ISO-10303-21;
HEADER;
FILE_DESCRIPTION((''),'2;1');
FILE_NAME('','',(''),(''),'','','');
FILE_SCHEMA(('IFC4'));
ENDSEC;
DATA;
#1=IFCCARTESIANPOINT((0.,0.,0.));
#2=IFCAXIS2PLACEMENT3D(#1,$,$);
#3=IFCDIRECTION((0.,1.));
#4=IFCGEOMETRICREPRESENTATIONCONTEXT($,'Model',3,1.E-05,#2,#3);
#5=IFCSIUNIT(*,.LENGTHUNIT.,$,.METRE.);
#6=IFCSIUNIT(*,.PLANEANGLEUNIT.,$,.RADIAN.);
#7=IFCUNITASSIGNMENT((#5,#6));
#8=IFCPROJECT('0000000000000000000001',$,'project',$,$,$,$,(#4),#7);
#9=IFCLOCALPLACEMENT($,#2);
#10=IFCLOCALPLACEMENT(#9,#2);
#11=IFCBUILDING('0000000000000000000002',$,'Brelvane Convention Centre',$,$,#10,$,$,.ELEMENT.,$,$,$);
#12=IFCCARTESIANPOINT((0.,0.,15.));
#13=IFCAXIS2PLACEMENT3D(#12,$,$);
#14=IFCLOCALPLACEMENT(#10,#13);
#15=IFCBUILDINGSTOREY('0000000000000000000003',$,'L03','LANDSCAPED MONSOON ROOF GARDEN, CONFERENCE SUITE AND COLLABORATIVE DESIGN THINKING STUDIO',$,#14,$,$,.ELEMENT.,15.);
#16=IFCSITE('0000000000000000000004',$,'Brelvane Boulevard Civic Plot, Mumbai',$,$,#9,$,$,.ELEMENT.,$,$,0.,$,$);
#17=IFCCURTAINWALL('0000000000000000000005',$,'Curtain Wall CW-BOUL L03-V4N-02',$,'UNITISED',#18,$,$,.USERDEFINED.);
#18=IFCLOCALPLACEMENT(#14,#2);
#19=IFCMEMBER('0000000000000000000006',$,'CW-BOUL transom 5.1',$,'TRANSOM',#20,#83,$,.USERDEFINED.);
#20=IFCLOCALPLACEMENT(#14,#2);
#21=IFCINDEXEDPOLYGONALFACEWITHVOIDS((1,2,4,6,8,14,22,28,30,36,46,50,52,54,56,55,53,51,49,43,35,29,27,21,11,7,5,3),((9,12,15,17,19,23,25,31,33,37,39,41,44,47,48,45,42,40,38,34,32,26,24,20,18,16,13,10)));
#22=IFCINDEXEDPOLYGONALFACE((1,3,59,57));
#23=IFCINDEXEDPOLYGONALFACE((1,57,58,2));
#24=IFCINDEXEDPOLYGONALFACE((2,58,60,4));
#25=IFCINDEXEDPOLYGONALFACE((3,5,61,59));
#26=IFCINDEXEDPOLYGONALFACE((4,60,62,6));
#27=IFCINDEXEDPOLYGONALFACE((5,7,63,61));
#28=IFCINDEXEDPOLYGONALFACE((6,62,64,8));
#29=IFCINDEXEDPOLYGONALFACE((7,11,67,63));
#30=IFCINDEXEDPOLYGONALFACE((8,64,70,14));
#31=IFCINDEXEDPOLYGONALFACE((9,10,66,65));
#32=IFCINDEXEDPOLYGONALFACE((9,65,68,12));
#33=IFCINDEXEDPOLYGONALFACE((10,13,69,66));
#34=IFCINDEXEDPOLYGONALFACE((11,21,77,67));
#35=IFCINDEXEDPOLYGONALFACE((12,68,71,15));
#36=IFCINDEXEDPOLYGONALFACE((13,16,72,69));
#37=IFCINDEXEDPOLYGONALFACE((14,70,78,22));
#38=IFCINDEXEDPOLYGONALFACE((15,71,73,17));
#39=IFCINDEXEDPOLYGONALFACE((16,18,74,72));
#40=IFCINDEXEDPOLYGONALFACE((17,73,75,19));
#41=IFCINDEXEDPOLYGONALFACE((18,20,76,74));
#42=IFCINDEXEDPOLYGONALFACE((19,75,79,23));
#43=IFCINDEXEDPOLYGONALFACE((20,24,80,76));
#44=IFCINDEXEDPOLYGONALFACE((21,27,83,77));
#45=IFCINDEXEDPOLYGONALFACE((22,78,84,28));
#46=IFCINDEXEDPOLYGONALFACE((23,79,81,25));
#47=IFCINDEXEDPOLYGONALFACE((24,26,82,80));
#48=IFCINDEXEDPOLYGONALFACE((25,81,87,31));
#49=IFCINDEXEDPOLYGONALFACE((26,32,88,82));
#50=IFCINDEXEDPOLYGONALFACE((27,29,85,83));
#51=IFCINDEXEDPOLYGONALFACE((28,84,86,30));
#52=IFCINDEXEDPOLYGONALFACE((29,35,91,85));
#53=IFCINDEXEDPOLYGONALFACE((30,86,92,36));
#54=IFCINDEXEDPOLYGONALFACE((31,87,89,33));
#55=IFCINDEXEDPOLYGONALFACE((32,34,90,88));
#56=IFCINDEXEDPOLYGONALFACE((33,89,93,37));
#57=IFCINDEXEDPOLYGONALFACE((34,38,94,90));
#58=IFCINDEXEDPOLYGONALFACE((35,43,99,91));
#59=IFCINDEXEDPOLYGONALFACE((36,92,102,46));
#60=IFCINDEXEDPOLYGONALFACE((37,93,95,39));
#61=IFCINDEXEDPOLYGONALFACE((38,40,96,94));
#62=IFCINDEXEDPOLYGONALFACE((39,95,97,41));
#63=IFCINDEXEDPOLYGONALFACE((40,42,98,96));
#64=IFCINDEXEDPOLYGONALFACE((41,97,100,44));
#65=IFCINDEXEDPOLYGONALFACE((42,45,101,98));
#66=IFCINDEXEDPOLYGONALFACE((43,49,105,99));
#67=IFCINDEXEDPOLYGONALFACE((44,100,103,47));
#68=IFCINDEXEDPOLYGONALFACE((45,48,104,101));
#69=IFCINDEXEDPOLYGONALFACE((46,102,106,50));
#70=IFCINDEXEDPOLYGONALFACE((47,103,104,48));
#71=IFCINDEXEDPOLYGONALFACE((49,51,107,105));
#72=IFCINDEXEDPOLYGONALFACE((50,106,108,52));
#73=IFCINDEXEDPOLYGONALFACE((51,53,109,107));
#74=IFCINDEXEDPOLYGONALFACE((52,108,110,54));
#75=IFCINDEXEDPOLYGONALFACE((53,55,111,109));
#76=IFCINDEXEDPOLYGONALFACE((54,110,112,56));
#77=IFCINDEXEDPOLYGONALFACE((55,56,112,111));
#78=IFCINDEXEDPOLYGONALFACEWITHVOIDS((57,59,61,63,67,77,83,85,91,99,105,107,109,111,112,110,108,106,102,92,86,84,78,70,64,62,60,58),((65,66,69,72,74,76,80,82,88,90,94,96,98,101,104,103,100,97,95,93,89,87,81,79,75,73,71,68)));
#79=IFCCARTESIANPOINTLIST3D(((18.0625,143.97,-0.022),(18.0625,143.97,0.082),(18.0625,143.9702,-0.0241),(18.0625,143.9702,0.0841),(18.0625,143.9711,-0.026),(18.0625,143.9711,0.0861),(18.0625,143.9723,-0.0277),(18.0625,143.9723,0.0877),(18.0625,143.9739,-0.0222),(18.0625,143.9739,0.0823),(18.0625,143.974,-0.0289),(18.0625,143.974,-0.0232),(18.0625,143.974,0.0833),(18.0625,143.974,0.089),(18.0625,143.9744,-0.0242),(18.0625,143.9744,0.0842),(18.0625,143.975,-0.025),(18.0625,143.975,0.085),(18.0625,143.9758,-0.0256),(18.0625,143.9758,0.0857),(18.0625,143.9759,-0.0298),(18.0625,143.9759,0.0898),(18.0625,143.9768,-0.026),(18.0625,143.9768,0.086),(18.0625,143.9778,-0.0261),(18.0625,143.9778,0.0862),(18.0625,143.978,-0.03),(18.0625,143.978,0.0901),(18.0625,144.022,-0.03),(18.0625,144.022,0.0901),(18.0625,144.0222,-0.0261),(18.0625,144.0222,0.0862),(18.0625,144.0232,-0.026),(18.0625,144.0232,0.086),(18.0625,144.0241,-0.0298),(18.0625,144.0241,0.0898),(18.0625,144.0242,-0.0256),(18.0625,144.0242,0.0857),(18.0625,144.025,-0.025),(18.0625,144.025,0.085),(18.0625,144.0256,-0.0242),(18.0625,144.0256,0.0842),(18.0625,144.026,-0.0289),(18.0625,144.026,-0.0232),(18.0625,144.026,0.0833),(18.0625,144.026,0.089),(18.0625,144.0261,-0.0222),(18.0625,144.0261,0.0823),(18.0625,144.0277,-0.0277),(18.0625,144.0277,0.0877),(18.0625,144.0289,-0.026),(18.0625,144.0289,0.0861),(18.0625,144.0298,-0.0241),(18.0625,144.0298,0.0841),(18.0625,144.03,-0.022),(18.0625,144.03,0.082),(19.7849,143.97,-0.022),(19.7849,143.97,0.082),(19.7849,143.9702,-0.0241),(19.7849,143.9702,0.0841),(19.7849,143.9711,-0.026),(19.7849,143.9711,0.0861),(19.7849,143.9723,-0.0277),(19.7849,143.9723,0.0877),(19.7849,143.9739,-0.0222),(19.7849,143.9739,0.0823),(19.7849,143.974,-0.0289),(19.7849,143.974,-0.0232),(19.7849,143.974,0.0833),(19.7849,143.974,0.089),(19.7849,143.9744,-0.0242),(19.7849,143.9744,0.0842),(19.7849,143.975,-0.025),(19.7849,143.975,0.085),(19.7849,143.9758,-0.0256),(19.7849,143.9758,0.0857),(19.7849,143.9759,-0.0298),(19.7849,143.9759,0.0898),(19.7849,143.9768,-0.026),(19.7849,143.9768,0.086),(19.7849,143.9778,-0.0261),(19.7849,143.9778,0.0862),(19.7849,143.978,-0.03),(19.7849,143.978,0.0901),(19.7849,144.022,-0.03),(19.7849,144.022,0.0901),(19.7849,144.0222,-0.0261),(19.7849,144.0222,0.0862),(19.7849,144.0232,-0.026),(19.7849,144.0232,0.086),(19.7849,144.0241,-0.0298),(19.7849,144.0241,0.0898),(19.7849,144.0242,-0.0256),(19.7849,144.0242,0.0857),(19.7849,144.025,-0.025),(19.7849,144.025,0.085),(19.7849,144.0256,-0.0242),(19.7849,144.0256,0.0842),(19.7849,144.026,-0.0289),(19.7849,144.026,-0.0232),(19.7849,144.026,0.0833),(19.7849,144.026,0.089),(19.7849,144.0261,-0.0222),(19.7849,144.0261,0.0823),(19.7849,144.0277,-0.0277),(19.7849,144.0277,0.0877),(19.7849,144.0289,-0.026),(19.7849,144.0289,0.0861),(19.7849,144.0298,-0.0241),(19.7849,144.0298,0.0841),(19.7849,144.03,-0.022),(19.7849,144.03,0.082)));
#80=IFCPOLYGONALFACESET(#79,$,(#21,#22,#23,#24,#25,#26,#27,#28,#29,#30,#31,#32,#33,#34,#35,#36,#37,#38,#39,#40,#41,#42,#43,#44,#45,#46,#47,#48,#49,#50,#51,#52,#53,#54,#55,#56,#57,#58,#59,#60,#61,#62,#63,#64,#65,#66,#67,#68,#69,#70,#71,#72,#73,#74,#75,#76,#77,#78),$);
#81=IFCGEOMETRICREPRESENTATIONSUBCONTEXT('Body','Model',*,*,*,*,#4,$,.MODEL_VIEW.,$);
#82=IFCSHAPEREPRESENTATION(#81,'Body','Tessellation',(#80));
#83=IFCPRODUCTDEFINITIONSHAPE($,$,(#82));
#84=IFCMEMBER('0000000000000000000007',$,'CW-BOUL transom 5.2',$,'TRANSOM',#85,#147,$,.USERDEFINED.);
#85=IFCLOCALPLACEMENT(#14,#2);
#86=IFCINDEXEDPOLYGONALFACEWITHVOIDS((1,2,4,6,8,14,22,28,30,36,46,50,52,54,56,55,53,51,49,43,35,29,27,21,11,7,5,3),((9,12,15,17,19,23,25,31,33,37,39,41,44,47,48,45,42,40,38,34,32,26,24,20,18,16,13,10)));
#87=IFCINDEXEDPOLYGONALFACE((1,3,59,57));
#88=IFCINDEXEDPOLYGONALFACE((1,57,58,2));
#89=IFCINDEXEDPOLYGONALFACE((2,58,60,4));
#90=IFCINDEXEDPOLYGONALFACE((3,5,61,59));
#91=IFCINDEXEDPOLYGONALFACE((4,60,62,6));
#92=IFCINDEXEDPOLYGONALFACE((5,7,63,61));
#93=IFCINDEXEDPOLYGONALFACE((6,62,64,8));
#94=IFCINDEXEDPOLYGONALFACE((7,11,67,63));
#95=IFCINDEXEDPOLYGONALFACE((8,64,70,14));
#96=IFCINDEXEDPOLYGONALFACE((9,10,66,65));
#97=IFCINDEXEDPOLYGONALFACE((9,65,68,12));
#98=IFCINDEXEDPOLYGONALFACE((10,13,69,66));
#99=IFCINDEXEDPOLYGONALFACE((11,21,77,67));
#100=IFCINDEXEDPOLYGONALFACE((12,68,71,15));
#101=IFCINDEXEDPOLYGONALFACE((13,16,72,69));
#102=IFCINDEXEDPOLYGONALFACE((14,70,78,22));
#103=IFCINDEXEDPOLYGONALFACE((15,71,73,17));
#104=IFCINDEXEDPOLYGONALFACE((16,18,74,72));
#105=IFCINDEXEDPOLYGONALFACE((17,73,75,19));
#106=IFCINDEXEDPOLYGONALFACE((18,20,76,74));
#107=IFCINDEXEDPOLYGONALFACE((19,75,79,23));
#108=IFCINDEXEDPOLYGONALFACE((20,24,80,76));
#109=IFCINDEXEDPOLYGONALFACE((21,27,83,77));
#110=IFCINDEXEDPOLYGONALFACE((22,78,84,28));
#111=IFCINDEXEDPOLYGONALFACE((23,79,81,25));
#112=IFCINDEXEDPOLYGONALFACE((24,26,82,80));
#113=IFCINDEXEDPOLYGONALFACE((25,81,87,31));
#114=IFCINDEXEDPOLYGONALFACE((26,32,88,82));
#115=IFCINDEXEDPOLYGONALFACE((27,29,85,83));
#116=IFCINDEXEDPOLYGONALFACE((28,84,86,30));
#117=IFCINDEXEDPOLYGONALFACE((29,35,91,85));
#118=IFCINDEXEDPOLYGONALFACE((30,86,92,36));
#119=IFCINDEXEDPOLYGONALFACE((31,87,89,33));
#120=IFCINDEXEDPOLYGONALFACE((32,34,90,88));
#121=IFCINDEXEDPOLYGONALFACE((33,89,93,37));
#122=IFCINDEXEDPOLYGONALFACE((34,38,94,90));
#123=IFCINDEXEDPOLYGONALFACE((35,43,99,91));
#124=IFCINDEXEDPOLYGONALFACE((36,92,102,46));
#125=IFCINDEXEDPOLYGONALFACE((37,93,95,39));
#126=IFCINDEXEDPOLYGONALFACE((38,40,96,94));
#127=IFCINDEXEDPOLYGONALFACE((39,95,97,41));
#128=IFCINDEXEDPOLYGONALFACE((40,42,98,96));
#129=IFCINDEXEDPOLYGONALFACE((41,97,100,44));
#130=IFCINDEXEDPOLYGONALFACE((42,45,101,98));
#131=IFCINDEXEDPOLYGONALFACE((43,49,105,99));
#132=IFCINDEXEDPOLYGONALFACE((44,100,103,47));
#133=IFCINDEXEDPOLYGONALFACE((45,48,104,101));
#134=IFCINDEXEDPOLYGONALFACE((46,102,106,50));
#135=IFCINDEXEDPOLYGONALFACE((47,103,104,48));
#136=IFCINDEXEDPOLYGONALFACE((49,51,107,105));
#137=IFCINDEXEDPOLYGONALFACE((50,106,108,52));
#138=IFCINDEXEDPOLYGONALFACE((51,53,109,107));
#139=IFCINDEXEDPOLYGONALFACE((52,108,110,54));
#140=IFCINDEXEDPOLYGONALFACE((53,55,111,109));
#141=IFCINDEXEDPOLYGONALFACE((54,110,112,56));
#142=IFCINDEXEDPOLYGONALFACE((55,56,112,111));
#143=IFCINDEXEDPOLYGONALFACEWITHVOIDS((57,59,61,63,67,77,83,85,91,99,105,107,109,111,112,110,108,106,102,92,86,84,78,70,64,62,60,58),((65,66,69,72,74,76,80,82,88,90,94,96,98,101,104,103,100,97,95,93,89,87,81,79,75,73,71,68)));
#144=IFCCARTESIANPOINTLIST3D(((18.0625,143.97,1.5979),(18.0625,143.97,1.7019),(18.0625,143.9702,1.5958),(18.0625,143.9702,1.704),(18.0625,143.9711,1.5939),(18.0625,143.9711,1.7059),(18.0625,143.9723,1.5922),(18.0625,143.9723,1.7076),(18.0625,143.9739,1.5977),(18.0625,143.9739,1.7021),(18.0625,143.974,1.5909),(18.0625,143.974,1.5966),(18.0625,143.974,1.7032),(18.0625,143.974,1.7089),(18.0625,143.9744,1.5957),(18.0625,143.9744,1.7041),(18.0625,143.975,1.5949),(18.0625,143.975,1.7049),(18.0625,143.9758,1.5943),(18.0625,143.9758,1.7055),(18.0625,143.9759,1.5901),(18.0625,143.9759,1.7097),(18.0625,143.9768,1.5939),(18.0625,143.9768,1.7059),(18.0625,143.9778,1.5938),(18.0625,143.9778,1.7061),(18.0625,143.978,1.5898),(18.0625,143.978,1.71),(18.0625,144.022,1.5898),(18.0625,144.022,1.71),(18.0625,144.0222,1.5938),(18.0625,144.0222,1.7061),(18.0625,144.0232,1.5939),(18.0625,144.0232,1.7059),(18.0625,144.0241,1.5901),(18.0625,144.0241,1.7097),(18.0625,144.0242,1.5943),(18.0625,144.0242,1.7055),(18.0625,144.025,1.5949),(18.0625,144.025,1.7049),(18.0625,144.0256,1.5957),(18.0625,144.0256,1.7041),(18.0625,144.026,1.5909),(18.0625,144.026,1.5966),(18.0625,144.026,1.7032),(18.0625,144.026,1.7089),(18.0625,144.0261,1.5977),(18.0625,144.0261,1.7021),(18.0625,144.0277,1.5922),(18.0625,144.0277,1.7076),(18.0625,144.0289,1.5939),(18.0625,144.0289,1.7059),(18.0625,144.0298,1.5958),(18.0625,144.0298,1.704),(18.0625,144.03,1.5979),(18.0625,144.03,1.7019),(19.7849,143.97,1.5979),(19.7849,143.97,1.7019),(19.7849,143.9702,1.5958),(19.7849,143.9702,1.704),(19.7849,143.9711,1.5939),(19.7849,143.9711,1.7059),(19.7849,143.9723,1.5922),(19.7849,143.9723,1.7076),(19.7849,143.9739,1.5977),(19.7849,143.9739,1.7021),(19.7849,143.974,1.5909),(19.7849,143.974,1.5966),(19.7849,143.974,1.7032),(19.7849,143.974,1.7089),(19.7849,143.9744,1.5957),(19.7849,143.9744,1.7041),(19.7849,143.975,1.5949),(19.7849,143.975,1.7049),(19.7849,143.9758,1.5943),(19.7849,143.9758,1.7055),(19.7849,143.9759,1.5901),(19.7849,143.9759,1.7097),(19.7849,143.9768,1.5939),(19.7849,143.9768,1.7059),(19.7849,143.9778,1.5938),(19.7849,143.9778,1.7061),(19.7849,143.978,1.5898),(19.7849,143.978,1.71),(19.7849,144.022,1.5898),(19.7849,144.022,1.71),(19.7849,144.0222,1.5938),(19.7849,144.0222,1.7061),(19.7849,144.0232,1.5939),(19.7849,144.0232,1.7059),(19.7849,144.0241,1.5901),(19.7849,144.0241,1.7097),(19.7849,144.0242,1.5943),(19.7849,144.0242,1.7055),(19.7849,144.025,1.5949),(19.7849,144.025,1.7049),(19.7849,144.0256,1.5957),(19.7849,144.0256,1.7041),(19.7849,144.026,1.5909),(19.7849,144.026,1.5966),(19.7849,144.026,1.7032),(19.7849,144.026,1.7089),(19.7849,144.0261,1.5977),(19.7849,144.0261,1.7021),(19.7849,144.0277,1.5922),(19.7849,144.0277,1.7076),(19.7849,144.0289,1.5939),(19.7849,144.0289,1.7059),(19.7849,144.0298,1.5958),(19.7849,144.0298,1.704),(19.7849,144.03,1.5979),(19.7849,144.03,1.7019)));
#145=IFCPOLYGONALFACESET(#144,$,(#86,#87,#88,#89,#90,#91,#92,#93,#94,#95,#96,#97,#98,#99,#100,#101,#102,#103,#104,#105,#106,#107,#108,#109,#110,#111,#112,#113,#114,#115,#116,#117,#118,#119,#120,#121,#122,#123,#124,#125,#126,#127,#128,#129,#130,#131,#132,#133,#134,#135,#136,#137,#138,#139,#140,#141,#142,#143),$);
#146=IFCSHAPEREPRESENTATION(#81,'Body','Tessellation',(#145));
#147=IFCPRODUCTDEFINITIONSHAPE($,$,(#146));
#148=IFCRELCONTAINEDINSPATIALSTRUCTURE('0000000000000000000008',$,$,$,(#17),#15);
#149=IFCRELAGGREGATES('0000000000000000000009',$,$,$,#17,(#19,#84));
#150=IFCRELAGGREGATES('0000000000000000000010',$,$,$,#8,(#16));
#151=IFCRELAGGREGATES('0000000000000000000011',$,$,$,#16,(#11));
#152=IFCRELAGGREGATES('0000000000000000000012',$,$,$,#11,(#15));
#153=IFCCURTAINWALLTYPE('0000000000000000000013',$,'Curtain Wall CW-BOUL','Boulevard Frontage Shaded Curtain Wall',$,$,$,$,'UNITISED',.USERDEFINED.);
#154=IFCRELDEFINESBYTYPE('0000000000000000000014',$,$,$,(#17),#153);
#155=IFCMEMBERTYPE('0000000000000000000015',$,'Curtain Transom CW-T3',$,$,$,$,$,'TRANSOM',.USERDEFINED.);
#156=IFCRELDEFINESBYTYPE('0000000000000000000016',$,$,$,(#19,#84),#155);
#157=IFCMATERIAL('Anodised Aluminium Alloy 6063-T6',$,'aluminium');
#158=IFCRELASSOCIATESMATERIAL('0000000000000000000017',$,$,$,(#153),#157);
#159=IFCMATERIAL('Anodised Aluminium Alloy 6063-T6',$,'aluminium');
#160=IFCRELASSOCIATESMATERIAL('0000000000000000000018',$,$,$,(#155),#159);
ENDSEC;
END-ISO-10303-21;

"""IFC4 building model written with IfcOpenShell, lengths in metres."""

from ifc_helpers import new_model, si_unit, direction, frame, origin, origin_2d, place, context, subcontext, project, spatial, hollow_rectangle, extrude, material, material_profile, profile_set, type_object, element, aggregate, save


model = new_model("IFC4")

# Units and contexts
model_context = context("Model", 3, precision=1e-05, world=origin(), true_north=direction((0.0, 1.0)))
body_context = subcontext(model_context, "Body", "Model", "MODEL_VIEW")
ifc_project = project(units=[si_unit("LENGTHUNIT", "METRE"), si_unit("PLANEANGLEUNIT", "RADIAN")], contexts=[model_context])

# Site, building, storey
site_placement = place(None, origin())
site = spatial("IfcSite", under=ifc_project, at=site_placement, Name="Brelvane Boulevard Civic Plot, Mumbai", CompositionType="ELEMENT", RefElevation=0.0)
building_placement = place(site_placement, origin())
building = spatial("IfcBuilding", under=site, at=building_placement, Name="Brelvane Convention Centre", CompositionType="ELEMENT")
storey_placement = place(building_placement, frame((0.0, 0.0, 15.0)))
storey = spatial("IfcBuildingStorey", under=building, at=storey_placement, Name="L03", Description="LANDSCAPED MONSOON ROOF GARDEN, CONFERENCE SUITE AND COLLABORATIVE DESIGN THINKING STUDIO", CompositionType="ELEMENT", Elevation=15.0)

# Curtain wall, members
ifc_material_1 = material(Name="Anodised Aluminium Alloy 6063-T6", Category="aluminium")
curtain_wall_type = type_object("IfcCurtainWallType", Name="Curtain Wall CW-BOUL", Description="Boulevard Frontage Shaded Curtain Wall", ElementType="UNITISED", PredefinedType="USERDEFINED", material=ifc_material_1)
curtain_wall_placement = place(storey_placement, origin())
curtain_wall = element("IfcCurtainWall", 1, at=curtain_wall_placement, inside=storey, type_object=curtain_wall_type, Name="Curtain Wall CW-BOUL L03-V4N-02", ObjectType="UNITISED", PredefinedType="USERDEFINED")
ifc_material_2 = material(Name="Anodised Aluminium Alloy 6063-T6", Category="aluminium")
ifc_material_profile_1 = material_profile(ifc_material_2, hollow_rectangle(XDim=0.0601, YDim=0.1201, WallThickness=0.0039, InnerFilletRadius=0.0039, OuterFilletRadius=0.0081, at=origin_2d()), Name="ALU-T 120x60x4.0")
ifc_profile_set_1 = profile_set([ifc_material_profile_1], Name="Anodised Aluminium Alloy 6063-T6")
member_type_1 = type_object("IfcMemberType", Name="Curtain Transom CW-T3", ElementType="TRANSOM", PredefinedType="USERDEFINED", material=ifc_profile_set_1)
member_1_placement = place(storey_placement, frame((18.0625, 144.0, 0.03), z_axis=(1.0, 0.0, 0.0), x_axis=(0.0, 1.0, 0.0)))
member_1 = element("IfcMember", 2, at=member_1_placement, type_object=member_type_1, Name="CW-BOUL transom 5.1", ObjectType="TRANSOM", PredefinedType="USERDEFINED", context=body_context, shape_type="SweptSolid", body=[
    extrude(hollow_rectangle(XDim=0.0601, YDim=0.1201, WallThickness=0.0039, InnerFilletRadius=0.0039, OuterFilletRadius=0.0081, at=origin_2d()), origin(), (0.0, 0.0, 1.0), 1.7224),
])
member_2_placement = place(storey_placement, frame((18.0625, 144.0, 1.6499), z_axis=(1.0, 0.0, 0.0), x_axis=(0.0, 1.0, 0.0)))
member_2 = element("IfcMember", 3, at=member_2_placement, type_object=member_type_1, Name="CW-BOUL transom 5.2", ObjectType="TRANSOM", PredefinedType="USERDEFINED", context=body_context, shape_type="SweptSolid", body=[
    extrude(hollow_rectangle(XDim=0.0601, YDim=0.1201, WallThickness=0.0039, InnerFilletRadius=0.0039, OuterFilletRadius=0.0081, at=origin_2d()), origin(), (0.0, 0.0, 1.0), 1.7224),
])

aggregate(curtain_wall, [member_1, member_2])

save(model, "model.ifc")
